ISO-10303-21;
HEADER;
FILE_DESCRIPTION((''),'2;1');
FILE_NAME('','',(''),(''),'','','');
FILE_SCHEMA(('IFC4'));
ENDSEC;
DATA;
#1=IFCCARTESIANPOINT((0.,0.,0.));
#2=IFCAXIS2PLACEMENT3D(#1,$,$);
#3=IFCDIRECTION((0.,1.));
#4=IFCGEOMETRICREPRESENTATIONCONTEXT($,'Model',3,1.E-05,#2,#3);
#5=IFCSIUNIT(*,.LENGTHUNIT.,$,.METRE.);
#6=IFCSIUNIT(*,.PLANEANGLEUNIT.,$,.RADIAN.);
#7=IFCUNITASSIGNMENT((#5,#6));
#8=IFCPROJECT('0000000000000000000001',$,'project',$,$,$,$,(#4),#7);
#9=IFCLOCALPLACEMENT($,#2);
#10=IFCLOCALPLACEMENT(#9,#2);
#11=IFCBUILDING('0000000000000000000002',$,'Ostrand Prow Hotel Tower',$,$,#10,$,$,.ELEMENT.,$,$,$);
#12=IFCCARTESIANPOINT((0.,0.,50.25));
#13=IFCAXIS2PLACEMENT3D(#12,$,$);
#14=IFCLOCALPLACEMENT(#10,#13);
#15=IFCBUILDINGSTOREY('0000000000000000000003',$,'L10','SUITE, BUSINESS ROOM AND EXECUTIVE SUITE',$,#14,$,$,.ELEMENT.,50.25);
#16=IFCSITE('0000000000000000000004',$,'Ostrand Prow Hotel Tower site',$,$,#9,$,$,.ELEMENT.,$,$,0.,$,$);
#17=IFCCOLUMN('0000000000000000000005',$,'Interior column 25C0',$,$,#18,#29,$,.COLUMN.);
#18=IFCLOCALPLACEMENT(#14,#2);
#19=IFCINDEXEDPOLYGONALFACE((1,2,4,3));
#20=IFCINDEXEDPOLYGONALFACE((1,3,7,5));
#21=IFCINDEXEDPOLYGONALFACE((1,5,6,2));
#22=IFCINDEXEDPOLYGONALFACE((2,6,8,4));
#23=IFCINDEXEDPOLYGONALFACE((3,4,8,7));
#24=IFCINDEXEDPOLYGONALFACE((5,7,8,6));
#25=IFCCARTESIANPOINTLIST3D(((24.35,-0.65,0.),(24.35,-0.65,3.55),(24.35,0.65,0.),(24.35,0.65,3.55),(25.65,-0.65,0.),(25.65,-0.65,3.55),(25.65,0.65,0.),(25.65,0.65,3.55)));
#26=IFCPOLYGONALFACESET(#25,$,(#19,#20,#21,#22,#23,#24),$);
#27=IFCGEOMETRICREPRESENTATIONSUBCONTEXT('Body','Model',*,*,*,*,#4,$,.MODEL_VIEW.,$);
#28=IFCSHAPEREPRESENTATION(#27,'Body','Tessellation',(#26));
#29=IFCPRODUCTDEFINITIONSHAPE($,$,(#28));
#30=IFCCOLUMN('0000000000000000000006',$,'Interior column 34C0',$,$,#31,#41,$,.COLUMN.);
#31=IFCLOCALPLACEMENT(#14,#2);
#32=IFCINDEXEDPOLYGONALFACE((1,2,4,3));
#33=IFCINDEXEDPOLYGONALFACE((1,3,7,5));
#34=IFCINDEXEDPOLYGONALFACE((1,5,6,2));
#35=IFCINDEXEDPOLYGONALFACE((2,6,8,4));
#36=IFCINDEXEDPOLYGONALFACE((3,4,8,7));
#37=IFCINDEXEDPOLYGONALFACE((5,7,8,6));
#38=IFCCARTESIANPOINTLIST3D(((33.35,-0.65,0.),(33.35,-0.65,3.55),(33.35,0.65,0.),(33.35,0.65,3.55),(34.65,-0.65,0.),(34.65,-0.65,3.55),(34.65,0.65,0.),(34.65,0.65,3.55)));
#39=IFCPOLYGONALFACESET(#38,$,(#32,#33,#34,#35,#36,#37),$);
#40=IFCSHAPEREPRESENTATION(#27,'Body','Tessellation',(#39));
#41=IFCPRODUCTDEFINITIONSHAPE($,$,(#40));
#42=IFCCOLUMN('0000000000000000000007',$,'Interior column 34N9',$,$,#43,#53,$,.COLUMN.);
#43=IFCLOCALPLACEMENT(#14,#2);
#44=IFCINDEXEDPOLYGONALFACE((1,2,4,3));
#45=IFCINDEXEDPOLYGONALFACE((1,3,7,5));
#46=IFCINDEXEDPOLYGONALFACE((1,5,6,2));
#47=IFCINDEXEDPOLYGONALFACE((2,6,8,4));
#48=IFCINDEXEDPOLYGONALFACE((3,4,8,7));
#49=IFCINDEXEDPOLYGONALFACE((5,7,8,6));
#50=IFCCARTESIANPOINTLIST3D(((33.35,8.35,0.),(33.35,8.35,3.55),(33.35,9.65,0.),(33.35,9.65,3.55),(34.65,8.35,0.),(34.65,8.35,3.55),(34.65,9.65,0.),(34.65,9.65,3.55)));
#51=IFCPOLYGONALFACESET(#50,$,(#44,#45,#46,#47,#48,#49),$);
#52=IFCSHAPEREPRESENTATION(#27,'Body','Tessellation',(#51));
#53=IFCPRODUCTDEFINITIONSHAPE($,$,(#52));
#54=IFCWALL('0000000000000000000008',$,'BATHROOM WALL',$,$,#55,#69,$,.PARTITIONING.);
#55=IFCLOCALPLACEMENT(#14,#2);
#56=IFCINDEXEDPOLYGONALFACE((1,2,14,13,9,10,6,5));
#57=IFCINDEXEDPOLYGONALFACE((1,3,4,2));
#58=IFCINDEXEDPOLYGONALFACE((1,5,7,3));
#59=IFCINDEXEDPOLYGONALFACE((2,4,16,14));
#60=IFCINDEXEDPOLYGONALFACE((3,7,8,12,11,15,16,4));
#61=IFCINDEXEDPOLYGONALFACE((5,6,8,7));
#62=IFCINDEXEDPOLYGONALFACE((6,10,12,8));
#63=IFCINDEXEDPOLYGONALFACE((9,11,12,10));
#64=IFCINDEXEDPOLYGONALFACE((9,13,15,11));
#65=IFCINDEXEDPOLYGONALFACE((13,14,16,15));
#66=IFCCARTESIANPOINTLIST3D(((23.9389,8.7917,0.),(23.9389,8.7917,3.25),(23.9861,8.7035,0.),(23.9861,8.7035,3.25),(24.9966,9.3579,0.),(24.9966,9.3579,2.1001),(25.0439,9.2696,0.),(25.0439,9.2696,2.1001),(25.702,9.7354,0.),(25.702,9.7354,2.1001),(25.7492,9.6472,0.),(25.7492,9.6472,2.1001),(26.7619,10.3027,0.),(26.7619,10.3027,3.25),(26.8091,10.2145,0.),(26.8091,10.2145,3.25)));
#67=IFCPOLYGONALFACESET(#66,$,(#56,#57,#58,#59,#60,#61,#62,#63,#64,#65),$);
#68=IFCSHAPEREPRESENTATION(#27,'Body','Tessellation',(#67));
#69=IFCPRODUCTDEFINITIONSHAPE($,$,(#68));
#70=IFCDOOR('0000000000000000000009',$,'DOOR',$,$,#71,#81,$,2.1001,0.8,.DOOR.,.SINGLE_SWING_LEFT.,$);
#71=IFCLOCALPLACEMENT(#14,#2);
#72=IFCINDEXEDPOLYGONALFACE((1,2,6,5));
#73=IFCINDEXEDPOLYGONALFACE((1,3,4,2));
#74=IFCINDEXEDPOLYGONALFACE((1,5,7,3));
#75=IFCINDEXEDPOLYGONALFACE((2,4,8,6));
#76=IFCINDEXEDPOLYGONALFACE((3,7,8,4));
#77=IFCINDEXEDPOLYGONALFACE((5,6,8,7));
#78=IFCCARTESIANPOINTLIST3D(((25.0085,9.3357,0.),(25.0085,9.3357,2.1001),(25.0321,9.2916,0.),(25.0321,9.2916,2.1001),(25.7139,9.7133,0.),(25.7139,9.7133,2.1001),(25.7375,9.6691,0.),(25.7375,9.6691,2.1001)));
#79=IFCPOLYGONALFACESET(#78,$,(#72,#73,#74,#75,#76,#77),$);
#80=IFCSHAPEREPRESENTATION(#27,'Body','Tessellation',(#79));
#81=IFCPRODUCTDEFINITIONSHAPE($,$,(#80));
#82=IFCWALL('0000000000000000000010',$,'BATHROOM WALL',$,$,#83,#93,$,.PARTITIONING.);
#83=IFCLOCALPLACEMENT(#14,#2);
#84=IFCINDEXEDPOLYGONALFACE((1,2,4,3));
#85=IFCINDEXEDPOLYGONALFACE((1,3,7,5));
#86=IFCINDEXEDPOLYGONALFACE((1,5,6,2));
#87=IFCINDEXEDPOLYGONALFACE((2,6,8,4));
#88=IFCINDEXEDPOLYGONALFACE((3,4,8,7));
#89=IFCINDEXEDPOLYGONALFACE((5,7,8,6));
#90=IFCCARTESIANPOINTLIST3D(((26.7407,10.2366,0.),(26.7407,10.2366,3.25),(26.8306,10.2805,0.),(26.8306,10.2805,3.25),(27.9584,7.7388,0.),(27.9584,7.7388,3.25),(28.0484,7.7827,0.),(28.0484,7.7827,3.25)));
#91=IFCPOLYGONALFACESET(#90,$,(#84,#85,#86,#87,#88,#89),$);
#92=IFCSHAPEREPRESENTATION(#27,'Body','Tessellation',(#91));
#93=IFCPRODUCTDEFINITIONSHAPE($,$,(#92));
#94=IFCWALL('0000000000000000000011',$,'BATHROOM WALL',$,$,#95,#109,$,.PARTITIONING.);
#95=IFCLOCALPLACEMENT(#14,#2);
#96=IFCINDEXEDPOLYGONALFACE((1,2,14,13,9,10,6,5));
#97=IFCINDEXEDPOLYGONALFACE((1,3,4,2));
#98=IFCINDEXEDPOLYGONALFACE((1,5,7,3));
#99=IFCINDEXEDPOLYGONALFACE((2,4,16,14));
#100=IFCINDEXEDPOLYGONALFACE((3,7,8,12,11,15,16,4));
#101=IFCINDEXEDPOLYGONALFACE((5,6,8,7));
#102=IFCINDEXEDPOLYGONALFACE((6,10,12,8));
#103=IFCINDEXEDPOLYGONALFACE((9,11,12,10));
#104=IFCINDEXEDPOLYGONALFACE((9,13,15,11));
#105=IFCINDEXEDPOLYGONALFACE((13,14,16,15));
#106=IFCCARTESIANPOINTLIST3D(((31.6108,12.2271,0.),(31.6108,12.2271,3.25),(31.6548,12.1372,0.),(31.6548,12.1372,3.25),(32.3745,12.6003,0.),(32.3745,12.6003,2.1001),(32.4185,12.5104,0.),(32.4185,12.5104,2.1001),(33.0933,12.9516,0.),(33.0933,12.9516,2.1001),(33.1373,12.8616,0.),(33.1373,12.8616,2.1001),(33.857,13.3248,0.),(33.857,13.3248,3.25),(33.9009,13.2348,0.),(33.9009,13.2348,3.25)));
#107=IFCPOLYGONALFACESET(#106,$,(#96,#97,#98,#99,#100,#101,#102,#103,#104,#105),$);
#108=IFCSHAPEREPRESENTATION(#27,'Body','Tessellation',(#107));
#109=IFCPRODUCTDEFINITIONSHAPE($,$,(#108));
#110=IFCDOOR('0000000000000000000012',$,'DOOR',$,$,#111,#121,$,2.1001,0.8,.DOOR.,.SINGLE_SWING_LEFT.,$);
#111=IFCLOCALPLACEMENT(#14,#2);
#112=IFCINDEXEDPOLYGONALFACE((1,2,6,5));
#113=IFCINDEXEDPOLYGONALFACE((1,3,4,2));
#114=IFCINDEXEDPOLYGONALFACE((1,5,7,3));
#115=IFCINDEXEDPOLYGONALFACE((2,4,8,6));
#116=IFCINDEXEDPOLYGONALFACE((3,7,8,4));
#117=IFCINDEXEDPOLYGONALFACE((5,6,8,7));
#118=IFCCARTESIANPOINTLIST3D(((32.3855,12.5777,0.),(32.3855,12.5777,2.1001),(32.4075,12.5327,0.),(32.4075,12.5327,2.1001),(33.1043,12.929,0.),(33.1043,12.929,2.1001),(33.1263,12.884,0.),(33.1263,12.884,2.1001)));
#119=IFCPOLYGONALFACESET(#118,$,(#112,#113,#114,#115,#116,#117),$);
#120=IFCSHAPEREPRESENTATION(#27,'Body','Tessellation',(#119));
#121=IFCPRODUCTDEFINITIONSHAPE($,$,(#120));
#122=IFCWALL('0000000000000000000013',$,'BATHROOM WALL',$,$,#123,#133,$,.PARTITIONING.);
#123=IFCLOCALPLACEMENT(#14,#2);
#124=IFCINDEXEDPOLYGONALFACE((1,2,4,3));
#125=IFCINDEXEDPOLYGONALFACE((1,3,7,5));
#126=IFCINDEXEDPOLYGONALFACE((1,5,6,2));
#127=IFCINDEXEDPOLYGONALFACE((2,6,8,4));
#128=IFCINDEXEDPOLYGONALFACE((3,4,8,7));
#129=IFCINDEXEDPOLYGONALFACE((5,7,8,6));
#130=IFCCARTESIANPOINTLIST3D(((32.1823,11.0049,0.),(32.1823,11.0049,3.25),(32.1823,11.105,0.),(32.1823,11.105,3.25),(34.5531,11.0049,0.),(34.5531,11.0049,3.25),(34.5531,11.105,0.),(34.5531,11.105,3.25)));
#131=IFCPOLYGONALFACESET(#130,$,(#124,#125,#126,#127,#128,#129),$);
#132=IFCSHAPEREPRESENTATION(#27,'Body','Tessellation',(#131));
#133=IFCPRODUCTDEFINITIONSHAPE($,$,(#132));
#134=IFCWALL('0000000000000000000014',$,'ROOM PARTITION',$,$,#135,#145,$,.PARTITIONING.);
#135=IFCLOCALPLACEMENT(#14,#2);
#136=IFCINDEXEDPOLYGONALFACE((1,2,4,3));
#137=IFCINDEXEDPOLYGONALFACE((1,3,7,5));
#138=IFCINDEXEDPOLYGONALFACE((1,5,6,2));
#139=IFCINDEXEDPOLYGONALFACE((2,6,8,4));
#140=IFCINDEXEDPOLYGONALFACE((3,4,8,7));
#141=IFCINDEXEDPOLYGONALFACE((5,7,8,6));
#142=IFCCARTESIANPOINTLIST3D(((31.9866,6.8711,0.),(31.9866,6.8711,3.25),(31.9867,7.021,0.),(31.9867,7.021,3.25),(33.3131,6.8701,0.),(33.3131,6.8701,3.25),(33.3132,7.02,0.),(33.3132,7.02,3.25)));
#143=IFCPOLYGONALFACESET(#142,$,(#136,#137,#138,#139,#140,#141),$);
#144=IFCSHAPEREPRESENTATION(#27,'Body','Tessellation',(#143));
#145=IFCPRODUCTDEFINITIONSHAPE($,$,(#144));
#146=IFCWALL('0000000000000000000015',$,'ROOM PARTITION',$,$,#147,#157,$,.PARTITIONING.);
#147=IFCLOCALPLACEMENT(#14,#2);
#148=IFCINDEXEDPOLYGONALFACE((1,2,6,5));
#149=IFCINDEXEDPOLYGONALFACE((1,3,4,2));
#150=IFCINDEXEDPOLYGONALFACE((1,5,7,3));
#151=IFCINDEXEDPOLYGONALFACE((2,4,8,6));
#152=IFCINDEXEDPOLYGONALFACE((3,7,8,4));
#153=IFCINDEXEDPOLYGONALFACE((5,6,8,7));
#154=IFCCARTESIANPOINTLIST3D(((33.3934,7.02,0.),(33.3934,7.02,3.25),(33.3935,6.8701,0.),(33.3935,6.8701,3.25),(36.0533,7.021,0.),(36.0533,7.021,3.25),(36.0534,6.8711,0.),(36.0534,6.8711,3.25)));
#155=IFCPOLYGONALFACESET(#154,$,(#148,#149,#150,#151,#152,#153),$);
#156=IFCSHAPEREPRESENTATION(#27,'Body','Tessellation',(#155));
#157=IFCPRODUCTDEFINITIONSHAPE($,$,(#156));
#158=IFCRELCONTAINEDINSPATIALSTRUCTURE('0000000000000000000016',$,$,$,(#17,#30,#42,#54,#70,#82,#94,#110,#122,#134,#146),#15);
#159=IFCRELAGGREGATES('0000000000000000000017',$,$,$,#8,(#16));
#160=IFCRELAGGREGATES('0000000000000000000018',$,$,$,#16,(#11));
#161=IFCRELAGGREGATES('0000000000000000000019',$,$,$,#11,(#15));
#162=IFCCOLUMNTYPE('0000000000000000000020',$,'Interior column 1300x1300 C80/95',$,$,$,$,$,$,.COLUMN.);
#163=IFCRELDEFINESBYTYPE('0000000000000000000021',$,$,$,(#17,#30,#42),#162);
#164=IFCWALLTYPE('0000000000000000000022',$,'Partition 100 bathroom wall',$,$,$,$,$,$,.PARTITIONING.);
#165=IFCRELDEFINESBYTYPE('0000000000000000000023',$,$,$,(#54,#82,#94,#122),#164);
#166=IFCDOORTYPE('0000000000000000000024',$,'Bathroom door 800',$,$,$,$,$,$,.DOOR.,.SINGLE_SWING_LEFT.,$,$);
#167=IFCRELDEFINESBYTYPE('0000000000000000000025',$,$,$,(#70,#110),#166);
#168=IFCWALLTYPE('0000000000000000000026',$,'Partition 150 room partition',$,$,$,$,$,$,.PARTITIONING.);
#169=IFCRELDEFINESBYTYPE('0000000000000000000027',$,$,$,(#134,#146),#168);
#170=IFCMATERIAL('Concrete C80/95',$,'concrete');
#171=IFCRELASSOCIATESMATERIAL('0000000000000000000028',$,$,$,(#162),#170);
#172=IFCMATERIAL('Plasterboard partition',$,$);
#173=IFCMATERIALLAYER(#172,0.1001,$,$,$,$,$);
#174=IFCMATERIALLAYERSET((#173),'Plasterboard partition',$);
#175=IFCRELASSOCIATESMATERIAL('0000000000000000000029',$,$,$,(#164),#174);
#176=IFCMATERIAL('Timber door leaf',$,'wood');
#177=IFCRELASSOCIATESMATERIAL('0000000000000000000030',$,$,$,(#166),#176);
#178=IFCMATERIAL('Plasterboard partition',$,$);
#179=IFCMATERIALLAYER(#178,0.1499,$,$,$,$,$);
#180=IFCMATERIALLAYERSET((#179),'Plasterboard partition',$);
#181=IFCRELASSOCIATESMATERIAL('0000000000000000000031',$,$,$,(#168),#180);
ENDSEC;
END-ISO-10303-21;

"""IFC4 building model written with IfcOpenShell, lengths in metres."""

from ifc_helpers import new_model, si_unit, direction, frame, frame_2d, origin, origin_2d, place, context, subcontext, project, spatial, rectangle, extrude, material, layer, layer_set, material_profile, profile_set, type_object, element, fill, save


model = new_model("IFC4")

# Units and contexts
model_context = context("Model", 3, precision=1e-05, world=origin(), true_north=direction((0.0, 1.0)))
body_context = subcontext(model_context, "Body", "Model", "MODEL_VIEW")
ifc_project = project(units=[si_unit("LENGTHUNIT", "METRE"), si_unit("PLANEANGLEUNIT", "RADIAN")], contexts=[model_context])

# Site, building, storey
site_placement = place(None, origin())
site = spatial("IfcSite", under=ifc_project, at=site_placement, Name="Ostrand Prow Hotel Tower site", CompositionType="ELEMENT", RefElevation=0.0)
building_placement = place(site_placement, origin())
building = spatial("IfcBuilding", under=site, at=building_placement, Name="Ostrand Prow Hotel Tower", CompositionType="ELEMENT")
storey_placement = place(building_placement, frame((0.0, 0.0, 50.25)))
storey = spatial("IfcBuildingStorey", under=building, at=storey_placement, Name="L10", Description="SUITE, BUSINESS ROOM AND EXECUTIVE SUITE", CompositionType="ELEMENT", Elevation=50.25)

# Columns
ifc_material_1 = material(Name="Concrete C80/95", Category="concrete")
ifc_material_profile = material_profile(ifc_material_1, rectangle(XDim=1.3, YDim=1.3, at=origin_2d()), Name="RC 1300x1300")
ifc_profile_set = profile_set([ifc_material_profile], Name="Concrete C80/95")
column_type = type_object("IfcColumnType", Name="Interior column 1300x1300 C80/95", PredefinedType="COLUMN", material=ifc_profile_set)
for number, where, z_axis, x_axis, name in (
    (1, (25.0, 0.0, 0.0), (0.0, 0.0, 1.0), (1.0, 0.0, 0.0), "Interior column 25C0"),
    (2, (34.0, 0.0, 0.0), (0.0, 0.0, 1.0), (1.0, 0.0, 0.0), "Interior column 34C0"),
    (3, (34.0, 9.0, 0.0), (0.0, 0.0, 1.0), (1.0, 0.0, 0.0), "Interior column 34N9"),
):
    element("IfcColumn", number, at=place(storey_placement, frame(where, z_axis=z_axis, x_axis=x_axis)), inside=storey, type_object=column_type, Name=name, PredefinedType="COLUMN", context=body_context, shape_type="SweptSolid", body=[
        extrude(rectangle(XDim=1.3, YDim=1.3, at=origin_2d()), origin(), (0.0, 0.0, 1.0), 3.55),
    ])

# Wall, opening, door
ifc_material_2 = material(Name="Plasterboard partition")
ifc_layer_1 = layer(ifc_material_2, 0.1001)
ifc_layer_set_1 = layer_set([ifc_layer_1], Name="Plasterboard partition")
wall_type_1 = type_object("IfcWallType", Name="Partition 100 bathroom wall", PredefinedType="PARTITIONING", material=ifc_layer_set_1)
wall_1_placement = place(storey_placement, frame((23.9624, 8.7476, 0.0), z_axis=(0.0, 0.0, 1.0), x_axis=(0.881653, 0.471898, 0.0)))
wall_1 = element("IfcWall", 4, at=wall_1_placement, inside=storey, type_object=wall_type_1, Name="BATHROOM WALL", PredefinedType="PARTITIONING", context=body_context, shape_type="SweptSolid", body=[
    extrude(rectangle(XDim=3.2019, YDim=0.1001, at=frame_2d((1.6011, 0.0))), origin(), (0.0, 0.0, 1.0), 3.25),
])
opening_1_placement = place(wall_1_placement, frame((1.2, 0.0, 0.0)))
opening_1 = element("IfcOpeningElement", 5, at=opening_1_placement, cuts=wall_1, PredefinedType="OPENING", context=body_context, shape_type="SweptSolid", body=[
    extrude(rectangle(XDim=0.8, YDim=2.1001, at=frame_2d((0.3999, 1.05))), frame((0.0, 0.0601, 0.0), z_axis=(0.0, -1.0, 0.0), x_axis=(1.0, 0.0, 0.0)), (0.0, 0.0, 1.0), 0.1201),
])
ifc_material_3 = material(Name="Timber door leaf", Category="wood")
door_type_1 = type_object("IfcDoorType", Name="Bathroom door 800", OperationType="SINGLE_SWING_LEFT", PredefinedType="DOOR", material=ifc_material_3)
door_1_placement = place(opening_1_placement, origin())
door_1 = element("IfcDoor", 6, at=door_1_placement, inside=storey, type_object=door_type_1, Name="DOOR", OperationType="SINGLE_SWING_LEFT", OverallHeight=2.1001, OverallWidth=0.8, PredefinedType="DOOR", context=body_context, shape_type="SweptSolid", body=[
    extrude(rectangle(XDim=0.8, YDim=2.1001, at=frame_2d((0.3999, 1.05))), frame((0.0, 0.0249, 0.0), z_axis=(0.0, -1.0, 0.0), x_axis=(1.0, 0.0, 0.0)), (0.0, 0.0, 1.0), 0.05),
])
fill(opening_1, door_1)

# Wall
wall_2_placement = place(storey_placement, frame((26.7856, 10.2585, 0.0), z_axis=(0.0, 0.0, 1.0), x_axis=(0.43823, -0.898863, 0.0)))
element("IfcWall", 7, at=wall_2_placement, inside=storey, type_object=wall_type_1, Name="BATHROOM WALL", PredefinedType="PARTITIONING", context=body_context, shape_type="SweptSolid", body=[
    extrude(rectangle(XDim=2.7788, YDim=0.1001, at=frame_2d((1.3894, 0.0))), origin(), (0.0, 0.0, 1.0), 3.25),
])

# Wall, opening, door
wall_3_placement = place(storey_placement, frame((31.6328, 12.1821, 0.0), z_axis=(0.0, 0.0, 1.0), x_axis=(0.898453, 0.43907, 0.0)))
wall_3 = element("IfcWall", 8, at=wall_3_placement, inside=storey, type_object=wall_type_1, Name="BATHROOM WALL", PredefinedType="PARTITIONING", context=body_context, shape_type="SweptSolid", body=[
    extrude(rectangle(XDim=2.5, YDim=0.1001, at=frame_2d((1.25, 0.0))), origin(), (0.0, 0.0, 1.0), 3.25),
])
opening_2_placement = place(wall_3_placement, frame((0.8501, 0.0, 0.0)))
opening_2 = element("IfcOpeningElement", 9, at=opening_2_placement, cuts=wall_3, PredefinedType="OPENING", context=body_context, shape_type="SweptSolid", body=[
    extrude(rectangle(XDim=0.8, YDim=2.1001, at=frame_2d((0.3999, 1.05))), frame((0.0, 0.0601, 0.0), z_axis=(0.0, -1.0, 0.0), x_axis=(1.0, 0.0, 0.0)), (0.0, 0.0, 1.0), 0.1201),
])
door_2_placement = place(opening_2_placement, origin())
door_2 = element("IfcDoor", 10, at=door_2_placement, inside=storey, type_object=door_type_1, Name="DOOR", OperationType="SINGLE_SWING_LEFT", OverallHeight=2.1001, OverallWidth=0.8, PredefinedType="DOOR", context=body_context, shape_type="SweptSolid", body=[
    extrude(rectangle(XDim=0.8, YDim=2.1001, at=frame_2d((0.3999, 1.05))), frame((0.0, 0.0249, 0.0), z_axis=(0.0, -1.0, 0.0), x_axis=(1.0, 0.0, 0.0)), (0.0, 0.0, 1.0), 0.05),
])
fill(opening_2, door_2)

# Walls
wall_4_placement = place(storey_placement, frame((34.5532, 11.0549, 0.0), z_axis=(0.0, 0.0, 1.0), x_axis=(-1.0, 0.0, 0.0)))
element("IfcWall", 11, at=wall_4_placement, inside=storey, type_object=wall_type_1, Name="BATHROOM WALL", PredefinedType="PARTITIONING", context=body_context, shape_type="SweptSolid", body=[
    extrude(rectangle(XDim=2.3708, YDim=0.1001, at=frame_2d((1.1855, 0.0))), origin(), (0.0, 0.0, 1.0), 3.25),
])
ifc_material_4 = material(Name="Plasterboard partition")
ifc_layer_2 = layer(ifc_material_4, 0.1499)
ifc_layer_set_2 = layer_set([ifc_layer_2], Name="Plasterboard partition")
wall_type_2 = type_object("IfcWallType", Name="Partition 150 room partition", PredefinedType="PARTITIONING", material=ifc_layer_set_2)
wall_5_placement = place(storey_placement, frame((31.9868, 6.946, 0.0), z_axis=(0.0, 0.0, 1.0), x_axis=(1.0, -0.000736, 0.0)))
element("IfcWall", 12, at=wall_5_placement, inside=storey, type_object=wall_type_2, Name="ROOM PARTITION", PredefinedType="PARTITIONING", context=body_context, shape_type="SweptSolid", body=[
    extrude(rectangle(XDim=1.3264, YDim=0.1499, at=frame_2d((0.6631, 0.0))), origin(), (0.0, 0.0, 1.0), 3.25),
])
wall_6_placement = place(storey_placement, frame((33.3933, 6.9451, 0.0), z_axis=(0.0, 0.0, 1.0), x_axis=(1.0, 0.000367, 0.0)))
element("IfcWall", 13, at=wall_6_placement, inside=storey, type_object=wall_type_2, Name="ROOM PARTITION", PredefinedType="PARTITIONING", context=body_context, shape_type="SweptSolid", body=[
    extrude(rectangle(XDim=2.6599, YDim=0.1499, at=frame_2d((1.3301, 0.0))), origin(), (0.0, 0.0, 1.0), 3.25),
])

save(model, "model.ifc")
